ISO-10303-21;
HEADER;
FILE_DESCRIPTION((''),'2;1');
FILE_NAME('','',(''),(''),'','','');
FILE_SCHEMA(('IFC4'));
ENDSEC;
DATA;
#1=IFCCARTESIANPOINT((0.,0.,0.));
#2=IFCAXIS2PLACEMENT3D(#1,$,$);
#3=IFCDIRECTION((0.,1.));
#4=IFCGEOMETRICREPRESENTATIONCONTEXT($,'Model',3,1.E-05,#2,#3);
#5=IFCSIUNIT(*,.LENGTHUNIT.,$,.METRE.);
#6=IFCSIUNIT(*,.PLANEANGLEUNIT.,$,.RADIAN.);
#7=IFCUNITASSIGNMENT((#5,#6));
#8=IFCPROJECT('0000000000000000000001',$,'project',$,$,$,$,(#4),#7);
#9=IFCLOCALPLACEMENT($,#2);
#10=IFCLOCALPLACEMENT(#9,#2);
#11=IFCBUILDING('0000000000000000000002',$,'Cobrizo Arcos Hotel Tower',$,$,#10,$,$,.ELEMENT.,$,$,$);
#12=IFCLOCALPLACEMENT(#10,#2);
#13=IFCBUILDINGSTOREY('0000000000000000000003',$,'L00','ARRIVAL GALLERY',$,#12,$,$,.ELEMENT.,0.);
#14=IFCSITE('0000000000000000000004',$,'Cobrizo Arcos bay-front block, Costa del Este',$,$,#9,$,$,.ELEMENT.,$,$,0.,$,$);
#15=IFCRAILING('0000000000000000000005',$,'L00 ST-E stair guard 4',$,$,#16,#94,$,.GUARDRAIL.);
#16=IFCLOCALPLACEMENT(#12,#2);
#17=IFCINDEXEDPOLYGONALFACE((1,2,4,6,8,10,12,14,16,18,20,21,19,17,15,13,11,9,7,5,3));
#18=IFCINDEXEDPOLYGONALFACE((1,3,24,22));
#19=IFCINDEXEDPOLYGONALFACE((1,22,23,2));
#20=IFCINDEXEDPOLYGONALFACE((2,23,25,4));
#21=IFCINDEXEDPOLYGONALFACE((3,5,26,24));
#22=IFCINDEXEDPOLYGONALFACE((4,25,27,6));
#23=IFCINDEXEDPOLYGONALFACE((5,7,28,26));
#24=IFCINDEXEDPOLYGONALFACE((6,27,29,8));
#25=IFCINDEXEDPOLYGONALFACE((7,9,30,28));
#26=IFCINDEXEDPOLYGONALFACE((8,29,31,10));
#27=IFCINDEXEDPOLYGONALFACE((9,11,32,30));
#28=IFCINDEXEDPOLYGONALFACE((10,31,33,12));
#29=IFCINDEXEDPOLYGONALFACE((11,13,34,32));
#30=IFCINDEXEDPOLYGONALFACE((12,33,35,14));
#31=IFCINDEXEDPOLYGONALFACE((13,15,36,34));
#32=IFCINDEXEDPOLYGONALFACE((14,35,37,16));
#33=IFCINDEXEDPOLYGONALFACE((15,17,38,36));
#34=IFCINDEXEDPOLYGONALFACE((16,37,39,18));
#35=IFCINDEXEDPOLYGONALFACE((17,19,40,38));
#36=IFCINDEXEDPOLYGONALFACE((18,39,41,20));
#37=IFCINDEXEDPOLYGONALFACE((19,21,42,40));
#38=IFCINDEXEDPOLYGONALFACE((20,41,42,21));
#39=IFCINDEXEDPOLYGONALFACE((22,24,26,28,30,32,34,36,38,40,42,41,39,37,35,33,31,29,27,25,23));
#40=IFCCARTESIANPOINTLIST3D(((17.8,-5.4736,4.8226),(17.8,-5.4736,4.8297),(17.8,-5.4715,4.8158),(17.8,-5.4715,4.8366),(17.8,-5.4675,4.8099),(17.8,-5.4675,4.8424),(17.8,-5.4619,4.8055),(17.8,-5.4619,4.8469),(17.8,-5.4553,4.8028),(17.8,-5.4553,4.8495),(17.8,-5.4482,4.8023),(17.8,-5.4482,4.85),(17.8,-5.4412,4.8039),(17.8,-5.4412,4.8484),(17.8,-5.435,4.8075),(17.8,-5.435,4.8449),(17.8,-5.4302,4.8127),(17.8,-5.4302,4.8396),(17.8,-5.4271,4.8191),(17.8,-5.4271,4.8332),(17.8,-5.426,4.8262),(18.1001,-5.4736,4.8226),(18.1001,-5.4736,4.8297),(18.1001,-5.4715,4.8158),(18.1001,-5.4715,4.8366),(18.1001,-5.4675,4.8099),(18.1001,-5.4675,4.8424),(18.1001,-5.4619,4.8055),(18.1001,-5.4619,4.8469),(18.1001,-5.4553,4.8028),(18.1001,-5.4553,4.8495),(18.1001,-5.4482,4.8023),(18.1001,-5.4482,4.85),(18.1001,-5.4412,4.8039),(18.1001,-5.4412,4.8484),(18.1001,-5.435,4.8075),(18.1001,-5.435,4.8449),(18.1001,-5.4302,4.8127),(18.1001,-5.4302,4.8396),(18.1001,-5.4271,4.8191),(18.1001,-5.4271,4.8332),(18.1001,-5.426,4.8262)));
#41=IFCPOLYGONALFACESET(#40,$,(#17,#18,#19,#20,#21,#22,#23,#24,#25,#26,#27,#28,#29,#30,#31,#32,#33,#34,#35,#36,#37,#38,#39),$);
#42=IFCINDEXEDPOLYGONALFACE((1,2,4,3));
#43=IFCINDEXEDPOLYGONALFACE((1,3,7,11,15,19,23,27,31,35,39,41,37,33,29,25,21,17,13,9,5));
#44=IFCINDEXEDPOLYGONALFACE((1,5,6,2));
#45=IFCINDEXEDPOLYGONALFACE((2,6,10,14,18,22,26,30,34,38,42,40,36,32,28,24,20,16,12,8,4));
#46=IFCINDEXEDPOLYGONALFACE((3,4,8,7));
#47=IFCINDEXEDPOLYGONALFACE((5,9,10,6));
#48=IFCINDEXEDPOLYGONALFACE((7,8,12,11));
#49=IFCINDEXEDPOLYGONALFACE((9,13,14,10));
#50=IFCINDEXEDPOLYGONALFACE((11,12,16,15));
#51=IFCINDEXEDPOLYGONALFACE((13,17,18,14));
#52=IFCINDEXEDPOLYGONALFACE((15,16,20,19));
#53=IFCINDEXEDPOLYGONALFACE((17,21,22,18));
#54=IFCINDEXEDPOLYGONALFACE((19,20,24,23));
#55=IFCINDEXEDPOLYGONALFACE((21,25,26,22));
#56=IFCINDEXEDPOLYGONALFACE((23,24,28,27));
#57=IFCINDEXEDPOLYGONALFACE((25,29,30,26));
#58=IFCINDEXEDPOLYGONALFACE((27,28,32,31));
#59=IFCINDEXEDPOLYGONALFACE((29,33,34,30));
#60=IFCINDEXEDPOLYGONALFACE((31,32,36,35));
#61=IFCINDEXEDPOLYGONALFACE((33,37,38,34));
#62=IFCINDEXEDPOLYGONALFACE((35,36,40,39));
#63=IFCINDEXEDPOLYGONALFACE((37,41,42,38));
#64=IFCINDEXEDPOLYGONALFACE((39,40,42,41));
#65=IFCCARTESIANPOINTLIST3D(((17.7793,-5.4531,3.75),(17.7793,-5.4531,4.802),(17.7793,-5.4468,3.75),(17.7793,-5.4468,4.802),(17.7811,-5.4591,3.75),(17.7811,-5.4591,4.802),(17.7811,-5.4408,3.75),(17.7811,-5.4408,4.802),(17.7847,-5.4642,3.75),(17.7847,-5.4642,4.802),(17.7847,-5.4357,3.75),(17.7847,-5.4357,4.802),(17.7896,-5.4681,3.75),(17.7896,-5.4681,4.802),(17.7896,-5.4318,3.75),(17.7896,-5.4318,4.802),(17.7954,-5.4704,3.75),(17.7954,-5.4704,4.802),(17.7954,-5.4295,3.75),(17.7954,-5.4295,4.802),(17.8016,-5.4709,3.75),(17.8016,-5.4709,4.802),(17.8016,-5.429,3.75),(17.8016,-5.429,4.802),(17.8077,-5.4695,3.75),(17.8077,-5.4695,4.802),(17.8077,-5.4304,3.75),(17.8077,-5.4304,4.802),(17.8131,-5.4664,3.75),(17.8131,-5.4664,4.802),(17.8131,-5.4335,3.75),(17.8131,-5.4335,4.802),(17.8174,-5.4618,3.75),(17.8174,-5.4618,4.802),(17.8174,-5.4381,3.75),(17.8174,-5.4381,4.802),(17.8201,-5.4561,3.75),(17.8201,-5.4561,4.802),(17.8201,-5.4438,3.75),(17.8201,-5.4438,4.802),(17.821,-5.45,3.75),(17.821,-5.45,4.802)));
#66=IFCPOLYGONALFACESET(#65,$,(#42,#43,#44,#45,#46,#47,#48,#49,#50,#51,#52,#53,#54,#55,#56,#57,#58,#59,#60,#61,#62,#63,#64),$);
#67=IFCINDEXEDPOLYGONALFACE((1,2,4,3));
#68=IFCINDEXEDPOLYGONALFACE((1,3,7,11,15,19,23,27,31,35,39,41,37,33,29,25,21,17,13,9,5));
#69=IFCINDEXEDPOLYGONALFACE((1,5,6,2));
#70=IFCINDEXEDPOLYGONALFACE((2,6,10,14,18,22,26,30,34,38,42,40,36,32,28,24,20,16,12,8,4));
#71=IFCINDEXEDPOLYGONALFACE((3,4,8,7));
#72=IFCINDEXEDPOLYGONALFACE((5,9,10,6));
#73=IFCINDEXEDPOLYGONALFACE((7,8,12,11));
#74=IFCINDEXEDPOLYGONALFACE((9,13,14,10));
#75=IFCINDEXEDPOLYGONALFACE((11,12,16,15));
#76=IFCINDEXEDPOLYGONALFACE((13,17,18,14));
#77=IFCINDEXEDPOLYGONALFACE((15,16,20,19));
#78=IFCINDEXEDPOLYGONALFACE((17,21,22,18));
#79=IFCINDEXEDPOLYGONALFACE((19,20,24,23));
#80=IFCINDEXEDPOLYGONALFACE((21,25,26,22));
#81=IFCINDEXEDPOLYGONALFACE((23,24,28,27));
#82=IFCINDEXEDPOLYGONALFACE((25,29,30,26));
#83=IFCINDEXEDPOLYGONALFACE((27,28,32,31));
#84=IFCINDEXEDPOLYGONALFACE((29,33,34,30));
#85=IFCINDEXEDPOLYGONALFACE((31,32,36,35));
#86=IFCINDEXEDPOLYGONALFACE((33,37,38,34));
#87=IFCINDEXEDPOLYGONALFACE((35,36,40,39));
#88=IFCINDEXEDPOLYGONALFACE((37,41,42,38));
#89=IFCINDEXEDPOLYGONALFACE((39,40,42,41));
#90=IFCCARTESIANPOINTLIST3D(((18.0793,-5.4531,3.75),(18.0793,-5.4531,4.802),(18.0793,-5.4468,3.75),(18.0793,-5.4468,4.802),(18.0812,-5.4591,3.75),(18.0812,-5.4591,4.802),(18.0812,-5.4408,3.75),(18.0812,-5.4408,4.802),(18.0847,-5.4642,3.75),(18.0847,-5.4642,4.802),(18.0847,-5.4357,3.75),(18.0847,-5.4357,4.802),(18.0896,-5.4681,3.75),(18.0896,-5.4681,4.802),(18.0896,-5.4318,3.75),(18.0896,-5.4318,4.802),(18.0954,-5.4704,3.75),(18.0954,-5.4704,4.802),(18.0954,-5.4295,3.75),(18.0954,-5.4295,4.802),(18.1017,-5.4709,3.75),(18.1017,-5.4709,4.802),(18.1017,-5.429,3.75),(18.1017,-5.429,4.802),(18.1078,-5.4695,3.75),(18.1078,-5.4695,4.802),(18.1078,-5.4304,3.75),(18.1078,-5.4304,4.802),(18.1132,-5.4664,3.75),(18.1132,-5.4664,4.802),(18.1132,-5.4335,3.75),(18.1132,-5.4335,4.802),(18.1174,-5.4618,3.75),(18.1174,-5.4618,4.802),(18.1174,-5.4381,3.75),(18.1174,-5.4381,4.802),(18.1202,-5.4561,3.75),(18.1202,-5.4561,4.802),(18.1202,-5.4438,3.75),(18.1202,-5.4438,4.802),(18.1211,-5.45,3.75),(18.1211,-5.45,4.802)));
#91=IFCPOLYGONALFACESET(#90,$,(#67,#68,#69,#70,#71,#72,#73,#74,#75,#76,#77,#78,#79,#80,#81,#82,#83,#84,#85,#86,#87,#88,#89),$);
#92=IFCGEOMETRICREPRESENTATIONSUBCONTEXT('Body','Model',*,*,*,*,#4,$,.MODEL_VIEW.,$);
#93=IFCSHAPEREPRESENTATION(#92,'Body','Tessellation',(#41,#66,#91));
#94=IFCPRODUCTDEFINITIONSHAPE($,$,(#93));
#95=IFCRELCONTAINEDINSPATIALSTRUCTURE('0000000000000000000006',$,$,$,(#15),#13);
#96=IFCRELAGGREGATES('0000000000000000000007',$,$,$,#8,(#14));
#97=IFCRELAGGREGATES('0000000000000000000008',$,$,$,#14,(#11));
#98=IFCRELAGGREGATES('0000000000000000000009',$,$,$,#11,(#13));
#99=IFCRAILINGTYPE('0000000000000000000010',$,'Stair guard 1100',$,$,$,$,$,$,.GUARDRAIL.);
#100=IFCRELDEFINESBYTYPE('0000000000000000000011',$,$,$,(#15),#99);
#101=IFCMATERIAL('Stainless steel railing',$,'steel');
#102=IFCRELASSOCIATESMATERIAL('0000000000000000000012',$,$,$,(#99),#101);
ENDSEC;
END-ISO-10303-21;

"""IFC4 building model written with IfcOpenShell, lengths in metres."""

from ifc_helpers import new_model, si_unit, direction, frame, origin, origin_2d, place, context, subcontext, project, spatial, circle, extrude, material, type_object, element, save


model = new_model("IFC4")

# Units and contexts
model_context = context("Model", 3, precision=1e-05, world=origin(), true_north=direction((0.0, 1.0)))
body_context = subcontext(model_context, "Body", "Model", "MODEL_VIEW")
ifc_project = project(units=[si_unit("LENGTHUNIT", "METRE"), si_unit("PLANEANGLEUNIT", "RADIAN")], contexts=[model_context])

# Site, building, storey
site_placement = place(None, origin())
site = spatial("IfcSite", under=ifc_project, at=site_placement, Name="Cobrizo Arcos bay-front block, Costa del Este", CompositionType="ELEMENT", RefElevation=0.0)
building_placement = place(site_placement, origin())
building = spatial("IfcBuilding", under=site, at=building_placement, Name="Cobrizo Arcos Hotel Tower", CompositionType="ELEMENT")
storey_placement = place(building_placement, origin())
storey = spatial("IfcBuildingStorey", under=building, at=storey_placement, Name="L00", Description="ARRIVAL GALLERY", CompositionType="ELEMENT", Elevation=0.0)

# Railing
ifc_material_1 = material(Name="Stainless steel railing", Category="steel")
railing_type_1 = type_object("IfcRailingType", Name="Stair guard 1100", PredefinedType="GUARDRAIL", material=ifc_material_1)
railing_1_placement = place(storey_placement, frame((17.8, -5.45, 3.75)))
element("IfcRailing", 1, at=railing_1_placement, inside=storey, type_object=railing_type_1, Name="L00 ST-E stair guard 4", PredefinedType="GUARDRAIL", context=body_context, shape_type="SweptSolid", body=[
    extrude(circle(Radius=0.0239, at=origin_2d()), frame((0.0, 0.0, 1.0762), z_axis=(1.0, 0.0, 0.0), x_axis=(0.0, 1.0, 0.0)), (0.0, 0.0, 1.0), 0.3),
    extrude(circle(Radius=0.021, at=origin_2d()), origin(), (0.0, 0.0, 1.0), 1.052),
    extrude(circle(Radius=0.021, at=origin_2d()), frame((0.3, 0.0, 0.0)), (0.0, 0.0, 1.0), 1.052),
])

save(model, "model.ifc")
